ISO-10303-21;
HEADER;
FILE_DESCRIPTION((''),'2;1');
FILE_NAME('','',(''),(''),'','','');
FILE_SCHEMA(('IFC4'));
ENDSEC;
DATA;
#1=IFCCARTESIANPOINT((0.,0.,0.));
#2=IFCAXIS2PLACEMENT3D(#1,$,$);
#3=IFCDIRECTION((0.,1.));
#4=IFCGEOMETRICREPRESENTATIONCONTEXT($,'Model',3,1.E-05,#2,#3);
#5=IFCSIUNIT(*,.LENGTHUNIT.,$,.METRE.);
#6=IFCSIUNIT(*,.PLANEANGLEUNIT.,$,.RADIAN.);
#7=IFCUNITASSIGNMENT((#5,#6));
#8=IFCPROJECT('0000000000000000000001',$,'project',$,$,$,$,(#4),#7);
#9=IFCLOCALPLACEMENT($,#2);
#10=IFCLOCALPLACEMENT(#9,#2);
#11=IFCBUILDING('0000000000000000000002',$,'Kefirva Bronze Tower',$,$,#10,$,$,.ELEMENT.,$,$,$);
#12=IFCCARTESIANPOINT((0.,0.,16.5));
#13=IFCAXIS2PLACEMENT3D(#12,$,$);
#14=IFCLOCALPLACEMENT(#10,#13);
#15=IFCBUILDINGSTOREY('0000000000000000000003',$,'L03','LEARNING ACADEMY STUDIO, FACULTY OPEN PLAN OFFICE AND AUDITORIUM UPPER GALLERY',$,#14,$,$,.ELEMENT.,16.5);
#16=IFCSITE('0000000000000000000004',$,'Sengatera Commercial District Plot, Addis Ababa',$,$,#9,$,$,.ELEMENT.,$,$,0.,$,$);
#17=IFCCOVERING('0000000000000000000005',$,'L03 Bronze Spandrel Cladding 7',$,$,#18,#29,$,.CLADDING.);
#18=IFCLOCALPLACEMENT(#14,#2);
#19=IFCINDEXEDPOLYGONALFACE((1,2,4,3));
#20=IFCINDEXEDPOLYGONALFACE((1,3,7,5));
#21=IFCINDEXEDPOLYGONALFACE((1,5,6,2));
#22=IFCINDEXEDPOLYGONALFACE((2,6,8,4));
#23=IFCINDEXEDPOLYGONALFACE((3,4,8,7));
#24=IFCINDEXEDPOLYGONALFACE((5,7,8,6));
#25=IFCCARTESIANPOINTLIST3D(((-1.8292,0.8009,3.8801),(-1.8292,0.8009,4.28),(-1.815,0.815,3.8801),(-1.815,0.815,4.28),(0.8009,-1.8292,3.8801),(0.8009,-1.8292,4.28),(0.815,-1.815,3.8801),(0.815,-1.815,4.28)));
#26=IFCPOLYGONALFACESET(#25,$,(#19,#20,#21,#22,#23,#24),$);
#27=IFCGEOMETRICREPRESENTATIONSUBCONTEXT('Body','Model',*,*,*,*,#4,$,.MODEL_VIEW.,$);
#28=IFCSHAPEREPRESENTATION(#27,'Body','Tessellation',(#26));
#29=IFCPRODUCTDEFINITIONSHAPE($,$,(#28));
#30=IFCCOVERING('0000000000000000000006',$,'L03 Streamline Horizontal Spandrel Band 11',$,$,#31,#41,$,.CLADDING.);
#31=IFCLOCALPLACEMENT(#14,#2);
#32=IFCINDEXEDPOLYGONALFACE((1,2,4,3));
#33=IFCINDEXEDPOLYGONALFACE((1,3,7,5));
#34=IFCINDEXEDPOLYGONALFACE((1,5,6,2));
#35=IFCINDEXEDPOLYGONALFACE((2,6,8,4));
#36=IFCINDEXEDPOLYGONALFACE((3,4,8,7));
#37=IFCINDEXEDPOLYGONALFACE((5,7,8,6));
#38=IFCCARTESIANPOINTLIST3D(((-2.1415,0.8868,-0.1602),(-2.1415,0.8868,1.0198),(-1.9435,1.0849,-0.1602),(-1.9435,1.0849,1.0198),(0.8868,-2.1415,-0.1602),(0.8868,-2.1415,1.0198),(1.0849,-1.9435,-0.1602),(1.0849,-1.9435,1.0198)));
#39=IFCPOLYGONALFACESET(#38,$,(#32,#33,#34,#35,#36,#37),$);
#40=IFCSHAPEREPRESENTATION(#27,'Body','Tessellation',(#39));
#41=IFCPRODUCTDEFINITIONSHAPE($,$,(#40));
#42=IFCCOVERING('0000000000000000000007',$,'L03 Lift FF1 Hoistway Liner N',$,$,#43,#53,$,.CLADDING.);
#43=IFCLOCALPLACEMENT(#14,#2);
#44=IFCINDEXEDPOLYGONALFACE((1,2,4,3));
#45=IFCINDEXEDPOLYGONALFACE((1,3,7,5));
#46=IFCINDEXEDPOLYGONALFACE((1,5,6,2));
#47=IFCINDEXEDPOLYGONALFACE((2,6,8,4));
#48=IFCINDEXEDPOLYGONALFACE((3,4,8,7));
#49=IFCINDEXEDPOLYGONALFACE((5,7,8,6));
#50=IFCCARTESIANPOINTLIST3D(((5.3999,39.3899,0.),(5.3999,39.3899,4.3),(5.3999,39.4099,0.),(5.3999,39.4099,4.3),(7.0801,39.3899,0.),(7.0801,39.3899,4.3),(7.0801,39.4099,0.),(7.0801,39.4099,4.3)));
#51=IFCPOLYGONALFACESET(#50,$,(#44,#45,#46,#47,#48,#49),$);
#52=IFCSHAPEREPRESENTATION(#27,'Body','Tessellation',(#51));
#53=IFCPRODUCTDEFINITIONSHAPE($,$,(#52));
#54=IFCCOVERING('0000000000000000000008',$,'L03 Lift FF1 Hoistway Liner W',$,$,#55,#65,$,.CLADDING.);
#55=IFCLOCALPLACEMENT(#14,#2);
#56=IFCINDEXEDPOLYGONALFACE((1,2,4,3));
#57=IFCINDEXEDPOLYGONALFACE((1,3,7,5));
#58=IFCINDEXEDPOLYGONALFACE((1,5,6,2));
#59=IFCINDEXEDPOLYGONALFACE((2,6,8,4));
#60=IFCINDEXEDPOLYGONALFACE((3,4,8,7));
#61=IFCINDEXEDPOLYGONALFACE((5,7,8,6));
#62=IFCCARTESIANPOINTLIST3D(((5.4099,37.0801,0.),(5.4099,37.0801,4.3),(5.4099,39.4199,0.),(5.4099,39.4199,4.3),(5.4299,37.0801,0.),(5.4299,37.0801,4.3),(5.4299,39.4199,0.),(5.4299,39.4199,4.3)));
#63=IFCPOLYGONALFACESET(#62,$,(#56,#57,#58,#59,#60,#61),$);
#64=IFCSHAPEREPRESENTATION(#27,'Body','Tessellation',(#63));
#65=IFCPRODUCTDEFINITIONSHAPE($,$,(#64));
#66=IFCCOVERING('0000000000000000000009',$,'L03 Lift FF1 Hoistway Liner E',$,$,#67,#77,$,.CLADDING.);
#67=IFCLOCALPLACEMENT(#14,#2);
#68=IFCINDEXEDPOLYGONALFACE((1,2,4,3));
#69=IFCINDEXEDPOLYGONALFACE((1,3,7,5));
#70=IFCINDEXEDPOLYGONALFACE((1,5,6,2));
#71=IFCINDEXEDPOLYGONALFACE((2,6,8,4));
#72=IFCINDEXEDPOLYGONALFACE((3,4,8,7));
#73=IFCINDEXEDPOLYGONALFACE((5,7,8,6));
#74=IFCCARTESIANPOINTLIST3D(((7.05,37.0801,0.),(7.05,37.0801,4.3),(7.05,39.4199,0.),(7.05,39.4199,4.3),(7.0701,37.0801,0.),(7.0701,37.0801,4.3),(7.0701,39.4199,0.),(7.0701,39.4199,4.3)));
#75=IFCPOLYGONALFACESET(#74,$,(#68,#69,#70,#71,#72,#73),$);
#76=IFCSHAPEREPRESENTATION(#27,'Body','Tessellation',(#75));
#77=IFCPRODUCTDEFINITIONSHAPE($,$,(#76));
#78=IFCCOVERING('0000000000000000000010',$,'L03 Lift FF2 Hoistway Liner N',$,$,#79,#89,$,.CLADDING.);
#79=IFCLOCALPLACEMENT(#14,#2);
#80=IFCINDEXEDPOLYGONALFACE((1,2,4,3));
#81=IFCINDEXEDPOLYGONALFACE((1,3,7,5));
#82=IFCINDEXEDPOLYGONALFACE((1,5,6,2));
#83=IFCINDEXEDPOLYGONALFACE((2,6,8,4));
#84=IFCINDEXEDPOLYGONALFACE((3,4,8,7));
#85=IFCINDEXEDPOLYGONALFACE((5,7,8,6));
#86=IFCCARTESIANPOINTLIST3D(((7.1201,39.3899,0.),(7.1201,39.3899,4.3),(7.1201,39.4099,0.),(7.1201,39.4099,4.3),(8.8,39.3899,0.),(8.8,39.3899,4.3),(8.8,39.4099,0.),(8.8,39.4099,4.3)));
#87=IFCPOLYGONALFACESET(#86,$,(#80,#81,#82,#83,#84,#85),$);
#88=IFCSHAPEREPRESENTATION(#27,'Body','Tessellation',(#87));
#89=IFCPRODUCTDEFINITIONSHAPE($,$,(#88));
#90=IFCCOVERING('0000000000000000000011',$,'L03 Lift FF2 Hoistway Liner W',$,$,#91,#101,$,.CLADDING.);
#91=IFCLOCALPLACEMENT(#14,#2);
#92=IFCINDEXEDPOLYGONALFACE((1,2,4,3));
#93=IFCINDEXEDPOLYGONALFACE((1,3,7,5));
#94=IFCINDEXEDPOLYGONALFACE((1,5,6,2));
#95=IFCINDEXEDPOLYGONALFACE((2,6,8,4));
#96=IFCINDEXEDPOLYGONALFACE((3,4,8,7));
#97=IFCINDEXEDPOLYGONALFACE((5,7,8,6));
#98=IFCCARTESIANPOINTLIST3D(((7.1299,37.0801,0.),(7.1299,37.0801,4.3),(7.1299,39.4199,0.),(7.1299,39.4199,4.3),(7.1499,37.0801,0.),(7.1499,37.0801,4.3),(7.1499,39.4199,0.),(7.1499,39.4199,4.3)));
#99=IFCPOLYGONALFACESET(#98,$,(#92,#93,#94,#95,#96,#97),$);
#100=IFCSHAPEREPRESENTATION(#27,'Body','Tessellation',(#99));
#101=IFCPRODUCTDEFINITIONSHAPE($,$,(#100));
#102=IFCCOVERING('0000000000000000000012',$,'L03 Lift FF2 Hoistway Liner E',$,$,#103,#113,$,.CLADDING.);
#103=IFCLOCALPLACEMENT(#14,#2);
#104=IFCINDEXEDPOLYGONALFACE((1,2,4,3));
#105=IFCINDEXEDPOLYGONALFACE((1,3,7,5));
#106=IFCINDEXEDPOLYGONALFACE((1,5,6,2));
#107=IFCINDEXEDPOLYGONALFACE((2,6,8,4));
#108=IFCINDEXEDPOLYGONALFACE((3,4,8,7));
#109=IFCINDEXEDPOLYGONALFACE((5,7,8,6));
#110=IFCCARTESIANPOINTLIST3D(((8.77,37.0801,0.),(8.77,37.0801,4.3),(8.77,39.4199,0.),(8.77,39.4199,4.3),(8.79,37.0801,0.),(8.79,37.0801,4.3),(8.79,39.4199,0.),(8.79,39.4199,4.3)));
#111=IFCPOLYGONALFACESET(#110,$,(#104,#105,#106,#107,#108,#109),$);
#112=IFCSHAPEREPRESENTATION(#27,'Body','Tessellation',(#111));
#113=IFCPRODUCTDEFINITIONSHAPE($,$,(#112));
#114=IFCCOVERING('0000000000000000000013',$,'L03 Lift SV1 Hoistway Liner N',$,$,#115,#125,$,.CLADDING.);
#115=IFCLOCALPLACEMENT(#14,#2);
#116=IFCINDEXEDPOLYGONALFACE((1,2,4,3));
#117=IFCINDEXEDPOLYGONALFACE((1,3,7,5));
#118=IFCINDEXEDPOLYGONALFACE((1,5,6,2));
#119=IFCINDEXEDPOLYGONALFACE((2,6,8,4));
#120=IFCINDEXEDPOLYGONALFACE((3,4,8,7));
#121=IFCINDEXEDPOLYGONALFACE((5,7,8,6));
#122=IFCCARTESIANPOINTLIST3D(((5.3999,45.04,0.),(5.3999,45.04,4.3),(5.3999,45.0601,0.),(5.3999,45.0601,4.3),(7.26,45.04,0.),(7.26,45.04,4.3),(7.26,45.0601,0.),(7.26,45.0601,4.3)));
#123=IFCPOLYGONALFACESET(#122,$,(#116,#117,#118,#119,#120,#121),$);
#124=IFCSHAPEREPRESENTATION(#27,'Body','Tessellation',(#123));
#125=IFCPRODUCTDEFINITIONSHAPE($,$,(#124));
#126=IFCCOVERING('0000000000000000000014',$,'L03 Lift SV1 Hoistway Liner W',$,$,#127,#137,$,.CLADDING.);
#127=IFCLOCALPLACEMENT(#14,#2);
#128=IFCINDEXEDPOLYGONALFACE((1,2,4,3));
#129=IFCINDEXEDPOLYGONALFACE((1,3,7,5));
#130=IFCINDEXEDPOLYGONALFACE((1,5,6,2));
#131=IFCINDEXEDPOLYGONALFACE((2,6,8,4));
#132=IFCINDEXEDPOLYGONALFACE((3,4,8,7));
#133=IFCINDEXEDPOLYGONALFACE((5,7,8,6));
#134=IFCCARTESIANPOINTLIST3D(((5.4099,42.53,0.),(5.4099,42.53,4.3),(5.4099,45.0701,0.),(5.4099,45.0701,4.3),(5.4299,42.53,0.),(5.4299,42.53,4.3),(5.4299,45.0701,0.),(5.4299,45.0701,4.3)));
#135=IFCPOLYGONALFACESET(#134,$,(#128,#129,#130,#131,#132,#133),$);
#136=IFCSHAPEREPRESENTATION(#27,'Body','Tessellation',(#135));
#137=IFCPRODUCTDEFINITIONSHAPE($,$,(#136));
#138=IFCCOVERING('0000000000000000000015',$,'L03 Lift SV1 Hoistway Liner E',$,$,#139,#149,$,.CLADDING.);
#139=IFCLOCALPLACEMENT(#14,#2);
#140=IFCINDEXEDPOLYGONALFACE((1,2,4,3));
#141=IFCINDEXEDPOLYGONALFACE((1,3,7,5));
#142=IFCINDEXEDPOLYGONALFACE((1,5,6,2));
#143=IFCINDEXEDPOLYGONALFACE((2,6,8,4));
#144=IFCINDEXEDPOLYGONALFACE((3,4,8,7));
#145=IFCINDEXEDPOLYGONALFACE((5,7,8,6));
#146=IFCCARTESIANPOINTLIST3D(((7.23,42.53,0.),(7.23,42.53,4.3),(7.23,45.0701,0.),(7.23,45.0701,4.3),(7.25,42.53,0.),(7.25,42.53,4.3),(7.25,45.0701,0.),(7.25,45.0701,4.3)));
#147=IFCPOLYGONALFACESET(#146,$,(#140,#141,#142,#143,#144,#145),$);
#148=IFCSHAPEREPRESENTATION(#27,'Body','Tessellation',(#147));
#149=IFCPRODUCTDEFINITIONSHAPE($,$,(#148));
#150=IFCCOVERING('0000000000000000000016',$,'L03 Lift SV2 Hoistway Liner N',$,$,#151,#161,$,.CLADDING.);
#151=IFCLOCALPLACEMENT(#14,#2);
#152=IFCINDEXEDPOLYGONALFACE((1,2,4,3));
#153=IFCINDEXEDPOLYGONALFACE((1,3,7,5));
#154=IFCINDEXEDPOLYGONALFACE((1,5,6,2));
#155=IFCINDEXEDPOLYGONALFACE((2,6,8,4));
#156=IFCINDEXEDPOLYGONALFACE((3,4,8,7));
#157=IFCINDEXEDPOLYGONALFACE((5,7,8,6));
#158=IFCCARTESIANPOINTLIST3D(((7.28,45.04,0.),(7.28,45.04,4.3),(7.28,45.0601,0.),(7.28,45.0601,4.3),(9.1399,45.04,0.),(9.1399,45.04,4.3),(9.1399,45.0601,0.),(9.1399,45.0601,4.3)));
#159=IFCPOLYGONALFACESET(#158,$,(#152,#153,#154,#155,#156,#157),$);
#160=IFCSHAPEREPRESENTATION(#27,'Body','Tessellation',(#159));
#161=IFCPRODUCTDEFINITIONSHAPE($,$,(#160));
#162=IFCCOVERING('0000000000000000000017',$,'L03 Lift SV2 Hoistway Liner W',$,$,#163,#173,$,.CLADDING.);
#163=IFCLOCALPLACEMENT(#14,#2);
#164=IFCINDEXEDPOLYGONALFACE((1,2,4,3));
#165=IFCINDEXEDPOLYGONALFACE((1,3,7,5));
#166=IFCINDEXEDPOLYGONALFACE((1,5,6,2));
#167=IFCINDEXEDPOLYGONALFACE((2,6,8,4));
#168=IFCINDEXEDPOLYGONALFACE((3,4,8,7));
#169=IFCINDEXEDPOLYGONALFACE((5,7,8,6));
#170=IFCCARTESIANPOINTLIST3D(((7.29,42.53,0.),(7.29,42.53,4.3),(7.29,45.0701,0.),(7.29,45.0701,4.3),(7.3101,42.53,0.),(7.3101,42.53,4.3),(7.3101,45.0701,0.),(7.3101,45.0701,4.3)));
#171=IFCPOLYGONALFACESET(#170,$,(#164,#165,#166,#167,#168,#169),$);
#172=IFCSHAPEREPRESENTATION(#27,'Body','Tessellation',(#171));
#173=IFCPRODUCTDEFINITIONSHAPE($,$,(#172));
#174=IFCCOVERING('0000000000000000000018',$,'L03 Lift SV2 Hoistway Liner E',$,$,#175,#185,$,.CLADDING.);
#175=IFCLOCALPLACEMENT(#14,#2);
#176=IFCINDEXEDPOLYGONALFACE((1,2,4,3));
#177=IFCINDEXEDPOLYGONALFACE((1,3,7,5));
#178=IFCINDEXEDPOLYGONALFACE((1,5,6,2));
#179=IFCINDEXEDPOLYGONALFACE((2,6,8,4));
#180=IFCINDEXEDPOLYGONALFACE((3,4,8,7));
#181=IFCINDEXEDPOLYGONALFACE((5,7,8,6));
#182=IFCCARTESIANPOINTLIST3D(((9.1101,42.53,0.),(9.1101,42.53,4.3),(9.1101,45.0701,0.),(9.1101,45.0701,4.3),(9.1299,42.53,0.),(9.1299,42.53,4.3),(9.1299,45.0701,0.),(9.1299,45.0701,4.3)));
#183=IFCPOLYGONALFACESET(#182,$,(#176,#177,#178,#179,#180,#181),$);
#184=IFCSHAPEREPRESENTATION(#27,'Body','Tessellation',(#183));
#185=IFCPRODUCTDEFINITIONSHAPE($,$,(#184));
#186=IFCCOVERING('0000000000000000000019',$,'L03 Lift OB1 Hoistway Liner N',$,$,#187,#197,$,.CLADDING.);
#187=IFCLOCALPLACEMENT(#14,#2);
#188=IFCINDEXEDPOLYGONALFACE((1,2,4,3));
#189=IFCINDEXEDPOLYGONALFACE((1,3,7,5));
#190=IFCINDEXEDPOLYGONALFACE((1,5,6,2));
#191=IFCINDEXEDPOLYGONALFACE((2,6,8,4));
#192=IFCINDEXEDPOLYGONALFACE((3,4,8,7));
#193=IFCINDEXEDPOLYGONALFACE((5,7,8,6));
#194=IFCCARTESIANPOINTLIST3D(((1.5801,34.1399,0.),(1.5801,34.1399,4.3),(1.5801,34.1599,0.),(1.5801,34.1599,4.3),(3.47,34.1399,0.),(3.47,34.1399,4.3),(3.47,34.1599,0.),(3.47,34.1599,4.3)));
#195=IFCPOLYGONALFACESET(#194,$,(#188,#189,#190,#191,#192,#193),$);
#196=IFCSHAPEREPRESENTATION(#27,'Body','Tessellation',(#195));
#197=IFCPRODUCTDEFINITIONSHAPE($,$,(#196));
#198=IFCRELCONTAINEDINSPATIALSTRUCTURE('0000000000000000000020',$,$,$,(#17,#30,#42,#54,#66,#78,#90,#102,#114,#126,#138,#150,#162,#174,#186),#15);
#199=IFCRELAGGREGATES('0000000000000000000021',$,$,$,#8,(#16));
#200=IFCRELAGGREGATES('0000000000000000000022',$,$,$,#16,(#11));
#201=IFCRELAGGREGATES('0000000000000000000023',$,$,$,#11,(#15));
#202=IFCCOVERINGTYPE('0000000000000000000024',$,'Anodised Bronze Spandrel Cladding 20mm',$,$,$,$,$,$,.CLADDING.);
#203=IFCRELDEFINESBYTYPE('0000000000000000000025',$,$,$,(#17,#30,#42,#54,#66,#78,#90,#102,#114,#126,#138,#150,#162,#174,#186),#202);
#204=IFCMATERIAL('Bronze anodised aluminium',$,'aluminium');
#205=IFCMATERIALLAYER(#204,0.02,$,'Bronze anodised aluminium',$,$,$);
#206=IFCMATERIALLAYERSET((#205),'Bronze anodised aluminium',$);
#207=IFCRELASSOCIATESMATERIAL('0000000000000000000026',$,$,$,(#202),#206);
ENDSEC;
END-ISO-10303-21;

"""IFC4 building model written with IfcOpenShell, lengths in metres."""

from ifc_helpers import new_model, si_unit, direction, frame, origin, origin_2d, place, context, subcontext, project, spatial, polyline, rectangle, outline, extrude, material, layer, layer_set, type_object, element, save


model = new_model("IFC4")

# Units and contexts
model_context = context("Model", 3, precision=1e-05, world=origin(), true_north=direction((0.0, 1.0)))
body_context = subcontext(model_context, "Body", "Model", "MODEL_VIEW")
ifc_project = project(units=[si_unit("LENGTHUNIT", "METRE"), si_unit("PLANEANGLEUNIT", "RADIAN")], contexts=[model_context])

# Site, building, storey
site_placement = place(None, origin())
site = spatial("IfcSite", under=ifc_project, at=site_placement, Name="Sengatera Commercial District Plot, Addis Ababa", CompositionType="ELEMENT", RefElevation=0.0)
building_placement = place(site_placement, origin())
building = spatial("IfcBuilding", under=site, at=building_placement, Name="Kefirva Bronze Tower", CompositionType="ELEMENT")
storey_placement = place(building_placement, frame((0.0, 0.0, 16.5)))
storey = spatial("IfcBuildingStorey", under=building, at=storey_placement, Name="L03", Description="LEARNING ACADEMY STUDIO, FACULTY OPEN PLAN OFFICE AND AUDITORIUM UPPER GALLERY", CompositionType="ELEMENT", Elevation=16.5)

# Coverings
ifc_material_1 = material(Name="Bronze anodised aluminium", Category="aluminium")
ifc_layer_1 = layer(ifc_material_1, 0.02, Name="Bronze anodised aluminium")
ifc_layer_set_1 = layer_set([ifc_layer_1], Name="Bronze anodised aluminium")
covering_type_1 = type_object("IfcCoveringType", Name="Anodised Bronze Spandrel Cladding 20mm", PredefinedType="CLADDING", material=ifc_layer_set_1)
covering_1_placement = place(storey_placement, frame((-0.5071, -0.5071, 3.8801), z_axis=(0.0, 0.0, 1.0), x_axis=(0.707107, -0.707107, 0.0)))
element("IfcCovering", 1, at=covering_1_placement, inside=storey, type_object=covering_type_1, Name="L03 Bronze Spandrel Cladding 7", PredefinedType="CLADDING", context=body_context, shape_type="SweptSolid", body=[
    extrude(rectangle(XDim=3.7195, YDim=0.02, at=origin_2d()), origin(), (0.0, 0.0, 1.0), 0.3999),
])
covering_2_placement = place(storey_placement, frame((-0.5283, -0.5283, -0.1602), z_axis=(0.0, 0.0, 1.0), x_axis=(0.707107, -0.707107, 0.0)))
element("IfcCovering", 2, at=covering_2_placement, inside=storey, type_object=covering_type_1, Name="L03 Streamline Horizontal Spandrel Band 11", PredefinedType="CLADDING", context=body_context, shape_type="SweptSolid", body=[
    extrude(rectangle(XDim=4.2827, YDim=0.28, at=origin_2d()), origin(), (0.0, 0.0, 1.0), 1.1799),
])
covering_3_placement = place(storey_placement, origin())
element("IfcCovering", 3, at=covering_3_placement, inside=storey, type_object=covering_type_1, Name="L03 Lift FF1 Hoistway Liner N", PredefinedType="CLADDING", context=body_context, shape_type="SweptSolid", body=[
    extrude(outline(polyline([(5.3999, 39.3899), (7.0801, 39.3899), (7.0801, 39.4099), (5.3999, 39.4099), (5.3999, 39.3899)])), origin(), (0.0, 0.0, 1.0), 4.3),
])
covering_4_placement = place(storey_placement, origin())
element("IfcCovering", 4, at=covering_4_placement, inside=storey, type_object=covering_type_1, Name="L03 Lift FF1 Hoistway Liner W", PredefinedType="CLADDING", context=body_context, shape_type="SweptSolid", body=[
    extrude(outline(polyline([(5.4099, 37.0801), (5.4299, 37.0801), (5.4299, 39.4199), (5.4099, 39.4199), (5.4099, 37.0801)])), origin(), (0.0, 0.0, 1.0), 4.3),
])
covering_5_placement = place(storey_placement, origin())
element("IfcCovering", 5, at=covering_5_placement, inside=storey, type_object=covering_type_1, Name="L03 Lift FF1 Hoistway Liner E", PredefinedType="CLADDING", context=body_context, shape_type="SweptSolid", body=[
    extrude(outline(polyline([(7.05, 37.0801), (7.0701, 37.0801), (7.0701, 39.4199), (7.05, 39.4199), (7.05, 37.0801)])), origin(), (0.0, 0.0, 1.0), 4.3),
])
covering_6_placement = place(storey_placement, origin())
element("IfcCovering", 6, at=covering_6_placement, inside=storey, type_object=covering_type_1, Name="L03 Lift FF2 Hoistway Liner N", PredefinedType="CLADDING", context=body_context, shape_type="SweptSolid", body=[
    extrude(outline(polyline([(7.1201, 39.3899), (8.8, 39.3899), (8.8, 39.4099), (7.1201, 39.4099), (7.1201, 39.3899)])), origin(), (0.0, 0.0, 1.0), 4.3),
])
covering_7_placement = place(storey_placement, origin())
element("IfcCovering", 7, at=covering_7_placement, inside=storey, type_object=covering_type_1, Name="L03 Lift FF2 Hoistway Liner W", PredefinedType="CLADDING", context=body_context, shape_type="SweptSolid", body=[
    extrude(outline(polyline([(7.1299, 37.0801), (7.1499, 37.0801), (7.1499, 39.4199), (7.1299, 39.4199), (7.1299, 37.0801)])), origin(), (0.0, 0.0, 1.0), 4.3),
])
covering_8_placement = place(storey_placement, origin())
element("IfcCovering", 8, at=covering_8_placement, inside=storey, type_object=covering_type_1, Name="L03 Lift FF2 Hoistway Liner E", PredefinedType="CLADDING", context=body_context, shape_type="SweptSolid", body=[
    extrude(outline(polyline([(8.77, 37.0801), (8.79, 37.0801), (8.79, 39.4199), (8.77, 39.4199), (8.77, 37.0801)])), origin(), (0.0, 0.0, 1.0), 4.3),
])
covering_9_placement = place(storey_placement, origin())
element("IfcCovering", 9, at=covering_9_placement, inside=storey, type_object=covering_type_1, Name="L03 Lift SV1 Hoistway Liner N", PredefinedType="CLADDING", context=body_context, shape_type="SweptSolid", body=[
    extrude(outline(polyline([(5.3999, 45.04), (7.26, 45.04), (7.26, 45.0601), (5.3999, 45.0601), (5.3999, 45.04)])), origin(), (0.0, 0.0, 1.0), 4.3),
])
covering_10_placement = place(storey_placement, origin())
element("IfcCovering", 10, at=covering_10_placement, inside=storey, type_object=covering_type_1, Name="L03 Lift SV1 Hoistway Liner W", PredefinedType="CLADDING", context=body_context, shape_type="SweptSolid", body=[
    extrude(outline(polyline([(5.4099, 42.53), (5.4299, 42.53), (5.4299, 45.0701), (5.4099, 45.0701), (5.4099, 42.53)])), origin(), (0.0, 0.0, 1.0), 4.3),
])
covering_11_placement = place(storey_placement, origin())
element("IfcCovering", 11, at=covering_11_placement, inside=storey, type_object=covering_type_1, Name="L03 Lift SV1 Hoistway Liner E", PredefinedType="CLADDING", context=body_context, shape_type="SweptSolid", body=[
    extrude(outline(polyline([(7.23, 42.53), (7.25, 42.53), (7.25, 45.0701), (7.23, 45.0701), (7.23, 42.53)])), origin(), (0.0, 0.0, 1.0), 4.3),
])
covering_12_placement = place(storey_placement, origin())
element("IfcCovering", 12, at=covering_12_placement, inside=storey, type_object=covering_type_1, Name="L03 Lift SV2 Hoistway Liner N", PredefinedType="CLADDING", context=body_context, shape_type="SweptSolid", body=[
    extrude(outline(polyline([(7.28, 45.04), (9.1399, 45.04), (9.1399, 45.0601), (7.28, 45.0601), (7.28, 45.04)])), origin(), (0.0, 0.0, 1.0), 4.3),
])
covering_13_placement = place(storey_placement, origin())
element("IfcCovering", 13, at=covering_13_placement, inside=storey, type_object=covering_type_1, Name="L03 Lift SV2 Hoistway Liner W", PredefinedType="CLADDING", context=body_context, shape_type="SweptSolid", body=[
    extrude(outline(polyline([(7.29, 42.53), (7.3101, 42.53), (7.3101, 45.0701), (7.29, 45.0701), (7.29, 42.53)])), origin(), (0.0, 0.0, 1.0), 4.3),
])
covering_14_placement = place(storey_placement, origin())
element("IfcCovering", 14, at=covering_14_placement, inside=storey, type_object=covering_type_1, Name="L03 Lift SV2 Hoistway Liner E", PredefinedType="CLADDING", context=body_context, shape_type="SweptSolid", body=[
    extrude(outline(polyline([(9.1101, 42.53), (9.1299, 42.53), (9.1299, 45.0701), (9.1101, 45.0701), (9.1101, 42.53)])), origin(), (0.0, 0.0, 1.0), 4.3),
])
covering_15_placement = place(storey_placement, origin())
element("IfcCovering", 15, at=covering_15_placement, inside=storey, type_object=covering_type_1, Name="L03 Lift OB1 Hoistway Liner N", PredefinedType="CLADDING", context=body_context, shape_type="SweptSolid", body=[
    extrude(outline(polyline([(1.5801, 34.1399), (3.47, 34.1399), (3.47, 34.1599), (1.5801, 34.1599), (1.5801, 34.1399)])), origin(), (0.0, 0.0, 1.0), 4.3),
])

save(model, "model.ifc")
